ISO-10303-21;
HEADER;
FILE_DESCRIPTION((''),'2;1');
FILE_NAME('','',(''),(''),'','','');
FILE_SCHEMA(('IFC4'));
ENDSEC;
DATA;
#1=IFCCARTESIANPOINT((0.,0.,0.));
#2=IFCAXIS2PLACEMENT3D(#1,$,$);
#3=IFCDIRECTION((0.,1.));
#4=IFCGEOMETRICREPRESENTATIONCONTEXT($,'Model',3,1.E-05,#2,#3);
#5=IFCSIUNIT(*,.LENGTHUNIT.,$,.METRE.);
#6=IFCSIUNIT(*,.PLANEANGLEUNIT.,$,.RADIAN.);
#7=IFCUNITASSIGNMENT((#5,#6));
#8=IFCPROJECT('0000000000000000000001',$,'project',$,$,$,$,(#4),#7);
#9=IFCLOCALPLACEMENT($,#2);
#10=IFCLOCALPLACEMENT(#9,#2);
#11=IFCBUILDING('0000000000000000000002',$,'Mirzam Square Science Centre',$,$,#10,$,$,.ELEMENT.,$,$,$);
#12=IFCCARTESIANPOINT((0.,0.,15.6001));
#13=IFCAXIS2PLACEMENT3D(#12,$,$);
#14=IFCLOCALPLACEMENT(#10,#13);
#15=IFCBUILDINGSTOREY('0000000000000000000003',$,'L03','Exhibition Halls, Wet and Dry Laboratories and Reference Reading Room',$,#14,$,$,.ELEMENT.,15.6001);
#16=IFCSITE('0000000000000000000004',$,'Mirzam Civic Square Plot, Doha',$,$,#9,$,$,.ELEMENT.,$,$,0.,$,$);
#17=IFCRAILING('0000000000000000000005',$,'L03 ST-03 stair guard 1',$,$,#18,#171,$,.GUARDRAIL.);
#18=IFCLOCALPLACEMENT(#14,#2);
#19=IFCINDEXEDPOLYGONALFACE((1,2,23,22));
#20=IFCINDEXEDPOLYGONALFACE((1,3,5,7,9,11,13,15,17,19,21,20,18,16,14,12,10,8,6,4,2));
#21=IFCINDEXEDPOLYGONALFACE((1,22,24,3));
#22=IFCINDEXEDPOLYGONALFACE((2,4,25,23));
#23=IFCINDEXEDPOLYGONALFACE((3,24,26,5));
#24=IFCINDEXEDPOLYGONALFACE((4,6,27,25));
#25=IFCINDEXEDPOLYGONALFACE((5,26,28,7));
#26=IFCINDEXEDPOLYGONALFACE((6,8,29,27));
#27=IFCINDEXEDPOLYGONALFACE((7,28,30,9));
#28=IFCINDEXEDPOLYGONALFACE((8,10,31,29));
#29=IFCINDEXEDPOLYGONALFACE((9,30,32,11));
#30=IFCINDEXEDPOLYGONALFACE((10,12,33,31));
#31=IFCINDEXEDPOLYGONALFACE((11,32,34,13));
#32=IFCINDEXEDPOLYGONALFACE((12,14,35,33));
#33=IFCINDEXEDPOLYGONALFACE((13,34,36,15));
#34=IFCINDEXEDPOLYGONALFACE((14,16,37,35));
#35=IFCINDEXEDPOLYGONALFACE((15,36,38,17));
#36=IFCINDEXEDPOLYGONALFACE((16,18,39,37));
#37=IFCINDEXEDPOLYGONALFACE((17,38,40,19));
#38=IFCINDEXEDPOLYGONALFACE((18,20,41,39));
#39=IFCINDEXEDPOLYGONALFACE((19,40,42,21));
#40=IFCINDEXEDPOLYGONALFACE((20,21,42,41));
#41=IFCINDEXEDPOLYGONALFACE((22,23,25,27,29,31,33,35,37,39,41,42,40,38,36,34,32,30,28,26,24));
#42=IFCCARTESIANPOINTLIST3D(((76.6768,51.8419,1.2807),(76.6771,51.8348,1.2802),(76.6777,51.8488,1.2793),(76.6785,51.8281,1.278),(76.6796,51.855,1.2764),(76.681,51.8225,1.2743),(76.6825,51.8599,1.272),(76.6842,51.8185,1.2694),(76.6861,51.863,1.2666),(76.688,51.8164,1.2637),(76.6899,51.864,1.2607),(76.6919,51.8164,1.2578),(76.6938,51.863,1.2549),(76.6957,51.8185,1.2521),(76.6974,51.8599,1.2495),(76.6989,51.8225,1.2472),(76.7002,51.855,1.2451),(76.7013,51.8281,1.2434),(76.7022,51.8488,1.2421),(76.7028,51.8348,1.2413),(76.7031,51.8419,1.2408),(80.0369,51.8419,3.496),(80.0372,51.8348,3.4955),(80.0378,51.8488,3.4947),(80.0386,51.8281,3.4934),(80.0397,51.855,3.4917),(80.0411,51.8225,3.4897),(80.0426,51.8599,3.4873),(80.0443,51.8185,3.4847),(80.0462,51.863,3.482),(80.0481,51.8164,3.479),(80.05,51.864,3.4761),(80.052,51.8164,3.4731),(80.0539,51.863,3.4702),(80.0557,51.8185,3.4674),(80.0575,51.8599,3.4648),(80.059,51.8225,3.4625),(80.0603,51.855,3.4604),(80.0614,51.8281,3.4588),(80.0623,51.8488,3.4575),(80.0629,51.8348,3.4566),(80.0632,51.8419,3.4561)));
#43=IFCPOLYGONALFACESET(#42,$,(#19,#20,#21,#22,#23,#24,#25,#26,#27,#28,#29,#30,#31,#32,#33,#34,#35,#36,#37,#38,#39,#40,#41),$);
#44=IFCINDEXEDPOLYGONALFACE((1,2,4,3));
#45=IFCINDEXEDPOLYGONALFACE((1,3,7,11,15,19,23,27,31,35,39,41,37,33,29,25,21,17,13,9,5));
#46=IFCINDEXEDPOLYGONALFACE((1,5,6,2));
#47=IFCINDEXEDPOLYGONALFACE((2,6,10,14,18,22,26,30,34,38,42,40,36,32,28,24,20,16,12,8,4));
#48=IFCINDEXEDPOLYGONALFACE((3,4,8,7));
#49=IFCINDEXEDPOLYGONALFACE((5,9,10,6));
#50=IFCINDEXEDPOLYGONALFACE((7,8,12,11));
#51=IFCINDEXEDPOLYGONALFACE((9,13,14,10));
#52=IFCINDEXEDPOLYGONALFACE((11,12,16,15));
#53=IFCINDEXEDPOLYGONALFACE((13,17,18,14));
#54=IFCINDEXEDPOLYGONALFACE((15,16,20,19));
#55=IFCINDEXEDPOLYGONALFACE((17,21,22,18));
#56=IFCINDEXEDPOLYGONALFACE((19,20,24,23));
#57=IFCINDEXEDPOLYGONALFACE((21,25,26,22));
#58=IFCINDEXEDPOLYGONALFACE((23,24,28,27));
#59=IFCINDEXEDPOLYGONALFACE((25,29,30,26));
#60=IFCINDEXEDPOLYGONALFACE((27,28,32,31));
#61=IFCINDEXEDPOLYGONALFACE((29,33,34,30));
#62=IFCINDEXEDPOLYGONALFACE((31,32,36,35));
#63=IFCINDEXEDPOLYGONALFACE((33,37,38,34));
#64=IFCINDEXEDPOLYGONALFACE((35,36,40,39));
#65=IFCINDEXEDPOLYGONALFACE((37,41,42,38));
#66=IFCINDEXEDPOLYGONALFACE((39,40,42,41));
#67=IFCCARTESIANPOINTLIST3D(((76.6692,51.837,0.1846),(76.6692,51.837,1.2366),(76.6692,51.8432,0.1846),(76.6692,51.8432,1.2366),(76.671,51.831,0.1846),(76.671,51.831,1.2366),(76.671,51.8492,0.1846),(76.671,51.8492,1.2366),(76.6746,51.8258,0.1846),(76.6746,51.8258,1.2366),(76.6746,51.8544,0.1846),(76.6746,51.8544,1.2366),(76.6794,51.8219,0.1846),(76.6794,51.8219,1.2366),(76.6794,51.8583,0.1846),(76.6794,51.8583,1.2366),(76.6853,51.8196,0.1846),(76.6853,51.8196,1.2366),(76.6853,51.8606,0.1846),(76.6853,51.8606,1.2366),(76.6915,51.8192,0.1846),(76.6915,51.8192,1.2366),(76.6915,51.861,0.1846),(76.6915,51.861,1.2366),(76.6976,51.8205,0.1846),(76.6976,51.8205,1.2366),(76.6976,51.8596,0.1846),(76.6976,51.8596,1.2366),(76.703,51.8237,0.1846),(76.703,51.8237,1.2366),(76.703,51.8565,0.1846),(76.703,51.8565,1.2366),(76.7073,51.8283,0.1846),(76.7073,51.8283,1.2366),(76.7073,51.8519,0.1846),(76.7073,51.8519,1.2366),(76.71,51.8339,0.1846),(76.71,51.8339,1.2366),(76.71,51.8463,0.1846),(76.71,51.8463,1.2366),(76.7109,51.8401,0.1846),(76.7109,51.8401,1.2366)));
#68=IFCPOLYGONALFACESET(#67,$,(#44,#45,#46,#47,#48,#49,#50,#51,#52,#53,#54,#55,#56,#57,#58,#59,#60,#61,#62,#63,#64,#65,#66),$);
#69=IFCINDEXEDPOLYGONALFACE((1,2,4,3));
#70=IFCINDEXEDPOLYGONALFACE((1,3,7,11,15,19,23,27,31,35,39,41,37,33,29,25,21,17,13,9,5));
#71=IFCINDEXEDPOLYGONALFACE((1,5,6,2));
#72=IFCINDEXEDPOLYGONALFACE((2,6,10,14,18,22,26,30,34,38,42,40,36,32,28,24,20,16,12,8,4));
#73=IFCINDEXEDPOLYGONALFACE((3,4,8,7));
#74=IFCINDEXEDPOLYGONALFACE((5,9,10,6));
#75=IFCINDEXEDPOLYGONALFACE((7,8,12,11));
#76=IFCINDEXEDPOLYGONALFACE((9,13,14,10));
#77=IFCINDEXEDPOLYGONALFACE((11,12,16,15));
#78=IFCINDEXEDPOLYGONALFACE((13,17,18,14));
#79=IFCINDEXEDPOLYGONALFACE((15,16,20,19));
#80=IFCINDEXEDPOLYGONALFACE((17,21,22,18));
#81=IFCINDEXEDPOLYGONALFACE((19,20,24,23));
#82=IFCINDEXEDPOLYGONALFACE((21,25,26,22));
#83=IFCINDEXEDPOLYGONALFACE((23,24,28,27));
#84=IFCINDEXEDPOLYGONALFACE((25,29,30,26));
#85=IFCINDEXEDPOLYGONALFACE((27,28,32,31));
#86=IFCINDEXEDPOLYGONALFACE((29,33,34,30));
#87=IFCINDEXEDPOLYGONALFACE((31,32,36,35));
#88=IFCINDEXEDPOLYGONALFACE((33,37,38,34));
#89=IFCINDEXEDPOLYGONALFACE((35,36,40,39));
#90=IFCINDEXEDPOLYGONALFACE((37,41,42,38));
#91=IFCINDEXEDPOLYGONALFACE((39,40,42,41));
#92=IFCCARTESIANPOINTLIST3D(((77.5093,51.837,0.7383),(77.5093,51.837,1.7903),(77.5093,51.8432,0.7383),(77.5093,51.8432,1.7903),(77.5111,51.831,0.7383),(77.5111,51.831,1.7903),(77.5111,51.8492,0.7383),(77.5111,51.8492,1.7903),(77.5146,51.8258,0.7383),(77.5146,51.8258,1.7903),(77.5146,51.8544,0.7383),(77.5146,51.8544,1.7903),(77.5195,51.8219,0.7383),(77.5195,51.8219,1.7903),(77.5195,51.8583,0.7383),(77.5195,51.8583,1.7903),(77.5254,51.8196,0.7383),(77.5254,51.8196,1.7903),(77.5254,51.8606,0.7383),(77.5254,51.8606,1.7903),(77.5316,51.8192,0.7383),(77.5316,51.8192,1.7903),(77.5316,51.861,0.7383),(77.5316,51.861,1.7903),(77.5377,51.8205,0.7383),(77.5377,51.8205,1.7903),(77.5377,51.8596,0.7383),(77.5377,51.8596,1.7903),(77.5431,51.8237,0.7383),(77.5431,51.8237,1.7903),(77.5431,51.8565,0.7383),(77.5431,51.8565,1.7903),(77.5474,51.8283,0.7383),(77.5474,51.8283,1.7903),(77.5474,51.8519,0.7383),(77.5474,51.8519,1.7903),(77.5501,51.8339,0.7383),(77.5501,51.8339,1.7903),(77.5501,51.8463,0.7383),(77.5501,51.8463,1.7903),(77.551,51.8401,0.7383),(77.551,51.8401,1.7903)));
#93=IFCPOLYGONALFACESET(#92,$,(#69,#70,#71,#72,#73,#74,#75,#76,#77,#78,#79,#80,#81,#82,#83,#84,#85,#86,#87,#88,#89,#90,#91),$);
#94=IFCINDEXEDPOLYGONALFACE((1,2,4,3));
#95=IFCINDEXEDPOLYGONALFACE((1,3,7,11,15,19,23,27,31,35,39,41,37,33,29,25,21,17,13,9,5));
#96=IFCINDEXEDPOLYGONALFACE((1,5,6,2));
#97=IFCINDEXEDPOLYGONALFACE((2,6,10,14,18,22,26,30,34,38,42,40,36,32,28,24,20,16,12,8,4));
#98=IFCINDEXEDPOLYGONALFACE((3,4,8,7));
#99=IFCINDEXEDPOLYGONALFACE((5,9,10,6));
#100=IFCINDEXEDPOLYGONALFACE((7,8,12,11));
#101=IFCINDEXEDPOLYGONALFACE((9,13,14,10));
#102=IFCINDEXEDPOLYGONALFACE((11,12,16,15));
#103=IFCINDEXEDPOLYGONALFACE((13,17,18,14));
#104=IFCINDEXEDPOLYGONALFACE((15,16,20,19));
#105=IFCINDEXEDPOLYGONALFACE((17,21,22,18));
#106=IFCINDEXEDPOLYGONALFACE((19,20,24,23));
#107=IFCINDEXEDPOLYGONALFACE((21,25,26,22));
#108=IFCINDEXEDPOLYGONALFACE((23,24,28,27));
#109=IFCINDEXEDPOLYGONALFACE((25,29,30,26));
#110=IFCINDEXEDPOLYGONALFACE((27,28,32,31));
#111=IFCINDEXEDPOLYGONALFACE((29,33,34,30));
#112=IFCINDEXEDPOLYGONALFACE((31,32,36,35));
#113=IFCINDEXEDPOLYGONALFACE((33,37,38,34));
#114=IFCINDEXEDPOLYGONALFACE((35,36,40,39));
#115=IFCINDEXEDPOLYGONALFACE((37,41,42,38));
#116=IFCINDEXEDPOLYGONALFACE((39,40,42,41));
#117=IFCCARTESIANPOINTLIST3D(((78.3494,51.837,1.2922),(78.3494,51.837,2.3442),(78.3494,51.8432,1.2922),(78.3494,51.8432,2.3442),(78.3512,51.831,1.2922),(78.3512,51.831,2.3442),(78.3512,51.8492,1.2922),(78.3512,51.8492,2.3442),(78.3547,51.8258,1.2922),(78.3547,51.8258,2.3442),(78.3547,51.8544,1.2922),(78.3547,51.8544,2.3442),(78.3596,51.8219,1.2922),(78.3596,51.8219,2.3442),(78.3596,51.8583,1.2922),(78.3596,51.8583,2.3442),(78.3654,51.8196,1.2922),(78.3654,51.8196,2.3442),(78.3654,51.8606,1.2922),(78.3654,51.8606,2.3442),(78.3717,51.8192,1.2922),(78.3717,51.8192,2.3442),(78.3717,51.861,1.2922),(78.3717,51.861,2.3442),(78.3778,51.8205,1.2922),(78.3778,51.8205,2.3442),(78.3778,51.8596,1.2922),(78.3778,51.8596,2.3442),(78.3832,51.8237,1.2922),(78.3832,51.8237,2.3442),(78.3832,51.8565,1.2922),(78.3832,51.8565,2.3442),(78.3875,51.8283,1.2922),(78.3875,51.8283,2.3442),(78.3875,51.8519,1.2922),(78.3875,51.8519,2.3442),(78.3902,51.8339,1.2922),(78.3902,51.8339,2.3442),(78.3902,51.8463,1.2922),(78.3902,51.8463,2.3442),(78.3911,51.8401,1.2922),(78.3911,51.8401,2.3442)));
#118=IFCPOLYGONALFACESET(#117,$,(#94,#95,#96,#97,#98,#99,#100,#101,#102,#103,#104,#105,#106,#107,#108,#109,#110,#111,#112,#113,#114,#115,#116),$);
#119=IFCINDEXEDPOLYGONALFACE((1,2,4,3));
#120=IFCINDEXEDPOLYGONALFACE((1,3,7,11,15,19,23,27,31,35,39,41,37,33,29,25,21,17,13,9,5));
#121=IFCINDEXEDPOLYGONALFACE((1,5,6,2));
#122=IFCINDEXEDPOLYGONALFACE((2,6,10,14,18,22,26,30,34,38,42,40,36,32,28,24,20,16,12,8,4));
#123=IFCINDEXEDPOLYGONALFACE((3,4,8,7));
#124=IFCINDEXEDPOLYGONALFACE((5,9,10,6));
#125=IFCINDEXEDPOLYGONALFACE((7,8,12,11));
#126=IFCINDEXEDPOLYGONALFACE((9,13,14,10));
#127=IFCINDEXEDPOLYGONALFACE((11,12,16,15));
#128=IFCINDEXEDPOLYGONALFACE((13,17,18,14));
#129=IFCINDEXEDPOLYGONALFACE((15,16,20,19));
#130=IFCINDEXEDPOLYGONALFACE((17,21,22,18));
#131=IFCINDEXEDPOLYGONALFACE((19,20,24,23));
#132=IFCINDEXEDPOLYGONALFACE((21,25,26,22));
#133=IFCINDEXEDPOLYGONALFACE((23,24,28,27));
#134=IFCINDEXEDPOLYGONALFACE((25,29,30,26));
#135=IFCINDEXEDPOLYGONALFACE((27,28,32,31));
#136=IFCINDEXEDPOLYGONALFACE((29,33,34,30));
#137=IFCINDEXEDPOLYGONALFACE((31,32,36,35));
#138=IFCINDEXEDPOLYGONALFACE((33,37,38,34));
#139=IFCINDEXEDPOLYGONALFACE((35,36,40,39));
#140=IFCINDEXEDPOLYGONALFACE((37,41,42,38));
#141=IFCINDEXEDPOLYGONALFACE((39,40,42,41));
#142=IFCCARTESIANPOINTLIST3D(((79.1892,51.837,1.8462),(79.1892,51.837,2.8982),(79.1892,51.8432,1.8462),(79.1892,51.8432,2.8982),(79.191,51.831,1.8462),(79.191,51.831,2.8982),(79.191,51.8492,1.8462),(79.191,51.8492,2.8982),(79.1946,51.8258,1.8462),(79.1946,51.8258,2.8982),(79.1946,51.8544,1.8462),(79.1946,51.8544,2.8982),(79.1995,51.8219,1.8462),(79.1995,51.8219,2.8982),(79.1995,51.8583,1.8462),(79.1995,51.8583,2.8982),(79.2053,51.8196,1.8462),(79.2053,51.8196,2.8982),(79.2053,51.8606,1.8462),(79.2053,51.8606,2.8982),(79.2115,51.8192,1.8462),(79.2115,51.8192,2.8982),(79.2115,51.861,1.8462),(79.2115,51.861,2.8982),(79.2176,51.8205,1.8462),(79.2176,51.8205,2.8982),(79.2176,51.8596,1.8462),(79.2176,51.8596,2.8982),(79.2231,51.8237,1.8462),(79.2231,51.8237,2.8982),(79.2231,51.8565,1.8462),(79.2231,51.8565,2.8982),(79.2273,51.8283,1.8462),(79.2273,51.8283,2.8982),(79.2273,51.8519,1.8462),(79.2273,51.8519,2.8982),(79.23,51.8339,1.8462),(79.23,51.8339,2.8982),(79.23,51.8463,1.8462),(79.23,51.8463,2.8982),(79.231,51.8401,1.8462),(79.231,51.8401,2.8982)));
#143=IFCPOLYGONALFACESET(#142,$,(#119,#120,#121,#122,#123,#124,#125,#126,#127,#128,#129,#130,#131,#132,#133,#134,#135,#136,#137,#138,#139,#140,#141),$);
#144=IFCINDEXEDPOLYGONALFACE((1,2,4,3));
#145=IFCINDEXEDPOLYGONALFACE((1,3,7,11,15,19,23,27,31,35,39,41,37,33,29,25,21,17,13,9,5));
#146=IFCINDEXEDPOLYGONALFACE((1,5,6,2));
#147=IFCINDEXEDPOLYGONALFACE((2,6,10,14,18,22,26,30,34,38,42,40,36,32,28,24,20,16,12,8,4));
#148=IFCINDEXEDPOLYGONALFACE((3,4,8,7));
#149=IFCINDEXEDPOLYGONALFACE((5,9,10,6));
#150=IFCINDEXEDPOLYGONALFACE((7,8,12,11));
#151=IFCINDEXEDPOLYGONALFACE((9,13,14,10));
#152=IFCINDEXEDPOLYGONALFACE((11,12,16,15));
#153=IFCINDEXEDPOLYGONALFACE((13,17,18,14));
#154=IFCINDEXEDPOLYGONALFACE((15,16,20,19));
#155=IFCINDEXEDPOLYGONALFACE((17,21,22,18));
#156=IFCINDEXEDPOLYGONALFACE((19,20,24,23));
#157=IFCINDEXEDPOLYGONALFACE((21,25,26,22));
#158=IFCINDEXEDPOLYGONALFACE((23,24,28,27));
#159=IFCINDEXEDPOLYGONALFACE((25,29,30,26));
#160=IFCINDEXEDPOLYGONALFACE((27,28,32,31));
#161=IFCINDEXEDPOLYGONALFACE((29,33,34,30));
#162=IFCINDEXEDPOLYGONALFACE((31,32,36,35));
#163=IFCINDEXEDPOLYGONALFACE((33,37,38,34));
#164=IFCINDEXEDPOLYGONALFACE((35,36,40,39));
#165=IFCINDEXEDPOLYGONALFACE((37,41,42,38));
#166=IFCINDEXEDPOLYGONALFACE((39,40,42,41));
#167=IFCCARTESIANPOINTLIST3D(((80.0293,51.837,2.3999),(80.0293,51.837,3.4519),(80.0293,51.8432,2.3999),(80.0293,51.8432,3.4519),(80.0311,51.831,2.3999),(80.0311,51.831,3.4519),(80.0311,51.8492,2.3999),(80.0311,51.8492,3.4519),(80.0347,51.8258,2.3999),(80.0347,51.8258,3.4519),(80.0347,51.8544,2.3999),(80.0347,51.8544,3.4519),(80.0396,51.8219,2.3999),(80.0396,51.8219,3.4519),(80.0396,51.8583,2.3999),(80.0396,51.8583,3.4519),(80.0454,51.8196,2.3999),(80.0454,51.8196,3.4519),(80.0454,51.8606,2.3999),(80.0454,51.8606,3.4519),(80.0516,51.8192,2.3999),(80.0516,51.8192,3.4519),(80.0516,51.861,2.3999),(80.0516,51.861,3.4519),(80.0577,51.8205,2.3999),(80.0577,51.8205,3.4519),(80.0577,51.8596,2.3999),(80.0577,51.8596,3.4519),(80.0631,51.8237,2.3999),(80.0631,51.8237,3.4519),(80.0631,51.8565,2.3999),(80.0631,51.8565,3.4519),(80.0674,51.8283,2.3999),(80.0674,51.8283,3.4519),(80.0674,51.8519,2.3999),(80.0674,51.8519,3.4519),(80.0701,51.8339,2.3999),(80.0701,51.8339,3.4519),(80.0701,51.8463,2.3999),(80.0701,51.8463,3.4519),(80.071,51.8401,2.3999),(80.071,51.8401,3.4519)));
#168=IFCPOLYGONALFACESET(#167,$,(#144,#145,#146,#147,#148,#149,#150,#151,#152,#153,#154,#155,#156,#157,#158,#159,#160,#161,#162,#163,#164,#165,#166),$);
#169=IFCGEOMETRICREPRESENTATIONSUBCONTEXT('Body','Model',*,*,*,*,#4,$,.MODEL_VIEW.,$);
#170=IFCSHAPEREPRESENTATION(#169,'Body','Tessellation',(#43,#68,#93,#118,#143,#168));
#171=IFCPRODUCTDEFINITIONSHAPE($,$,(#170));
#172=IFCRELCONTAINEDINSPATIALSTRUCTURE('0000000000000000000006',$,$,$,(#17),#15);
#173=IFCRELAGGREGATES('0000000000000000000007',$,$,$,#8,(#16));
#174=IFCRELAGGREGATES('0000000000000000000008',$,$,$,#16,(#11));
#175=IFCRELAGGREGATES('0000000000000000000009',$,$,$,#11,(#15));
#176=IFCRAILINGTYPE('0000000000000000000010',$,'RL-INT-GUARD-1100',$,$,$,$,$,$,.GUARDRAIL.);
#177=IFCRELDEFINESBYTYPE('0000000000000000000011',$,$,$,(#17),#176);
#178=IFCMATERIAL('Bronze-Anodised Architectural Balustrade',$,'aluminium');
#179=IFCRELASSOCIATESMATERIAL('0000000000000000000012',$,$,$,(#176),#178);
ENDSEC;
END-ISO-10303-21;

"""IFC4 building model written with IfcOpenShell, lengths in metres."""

from ifc_helpers import new_model, si_unit, direction, frame, origin, origin_2d, place, context, subcontext, project, spatial, circle, extrude, material, type_object, element, save


model = new_model("IFC4")

# Units and contexts
model_context = context("Model", 3, precision=1e-05, world=origin(), true_north=direction((0.0, 1.0)))
body_context = subcontext(model_context, "Body", "Model", "MODEL_VIEW")
ifc_project = project(units=[si_unit("LENGTHUNIT", "METRE"), si_unit("PLANEANGLEUNIT", "RADIAN")], contexts=[model_context])

# Site, building, storey
site_placement = place(None, origin())
site = spatial("IfcSite", under=ifc_project, at=site_placement, Name="Mirzam Civic Square Plot, Doha", CompositionType="ELEMENT", RefElevation=0.0)
building_placement = place(site_placement, origin())
building = spatial("IfcBuilding", under=site, at=building_placement, Name="Mirzam Square Science Centre", CompositionType="ELEMENT")
storey_placement = place(building_placement, frame((0.0, 0.0, 15.6001)))
storey = spatial("IfcBuildingStorey", under=building, at=storey_placement, Name="L03", Description="Exhibition Halls, Wet and Dry Laboratories and Reference Reading Room", CompositionType="ELEMENT", Elevation=15.6001)

# Railing
ifc_material_1 = material(Name="Bronze-Anodised Architectural Balustrade", Category="aluminium")
railing_type_1 = type_object("IfcRailingType", Name="RL-INT-GUARD-1100", PredefinedType="GUARDRAIL", material=ifc_material_1)
railing_1_placement = place(storey_placement, frame((76.6899, 51.8401, 0.1846)))
element("IfcRailing", 1, at=railing_1_placement, inside=storey, type_object=railing_type_1, Name="L03 ST-03 stair guard 1", PredefinedType="GUARDRAIL", context=body_context, shape_type="SweptSolid", body=[
    extrude(circle(Radius=0.0239, at=origin_2d()), frame((0.0, 0.0, 1.0762), z_axis=(0.834876, 0.0, 0.550437), x_axis=(0.0, 1.0, 0.0)), (0.0, 0.0, 1.0), 4.0247),
    extrude(circle(Radius=0.021, at=origin_2d()), origin(), (0.0, 0.0, 1.0), 1.052),
    extrude(circle(Radius=0.021, at=origin_2d()), frame((0.8401, 0.0, 0.5537)), (0.0, 0.0, 1.0), 1.052),
    extrude(circle(Radius=0.021, at=origin_2d()), frame((1.6802, 0.0, 1.1077)), (0.0, 0.0, 1.0), 1.052),
    extrude(circle(Radius=0.021, at=origin_2d()), frame((2.52, 0.0, 1.6616)), (0.0, 0.0, 1.0), 1.052),
    extrude(circle(Radius=0.021, at=origin_2d()), frame((3.3601, 0.0, 2.2153)), (0.0, 0.0, 1.0), 1.052),
])

save(model, "model.ifc")
